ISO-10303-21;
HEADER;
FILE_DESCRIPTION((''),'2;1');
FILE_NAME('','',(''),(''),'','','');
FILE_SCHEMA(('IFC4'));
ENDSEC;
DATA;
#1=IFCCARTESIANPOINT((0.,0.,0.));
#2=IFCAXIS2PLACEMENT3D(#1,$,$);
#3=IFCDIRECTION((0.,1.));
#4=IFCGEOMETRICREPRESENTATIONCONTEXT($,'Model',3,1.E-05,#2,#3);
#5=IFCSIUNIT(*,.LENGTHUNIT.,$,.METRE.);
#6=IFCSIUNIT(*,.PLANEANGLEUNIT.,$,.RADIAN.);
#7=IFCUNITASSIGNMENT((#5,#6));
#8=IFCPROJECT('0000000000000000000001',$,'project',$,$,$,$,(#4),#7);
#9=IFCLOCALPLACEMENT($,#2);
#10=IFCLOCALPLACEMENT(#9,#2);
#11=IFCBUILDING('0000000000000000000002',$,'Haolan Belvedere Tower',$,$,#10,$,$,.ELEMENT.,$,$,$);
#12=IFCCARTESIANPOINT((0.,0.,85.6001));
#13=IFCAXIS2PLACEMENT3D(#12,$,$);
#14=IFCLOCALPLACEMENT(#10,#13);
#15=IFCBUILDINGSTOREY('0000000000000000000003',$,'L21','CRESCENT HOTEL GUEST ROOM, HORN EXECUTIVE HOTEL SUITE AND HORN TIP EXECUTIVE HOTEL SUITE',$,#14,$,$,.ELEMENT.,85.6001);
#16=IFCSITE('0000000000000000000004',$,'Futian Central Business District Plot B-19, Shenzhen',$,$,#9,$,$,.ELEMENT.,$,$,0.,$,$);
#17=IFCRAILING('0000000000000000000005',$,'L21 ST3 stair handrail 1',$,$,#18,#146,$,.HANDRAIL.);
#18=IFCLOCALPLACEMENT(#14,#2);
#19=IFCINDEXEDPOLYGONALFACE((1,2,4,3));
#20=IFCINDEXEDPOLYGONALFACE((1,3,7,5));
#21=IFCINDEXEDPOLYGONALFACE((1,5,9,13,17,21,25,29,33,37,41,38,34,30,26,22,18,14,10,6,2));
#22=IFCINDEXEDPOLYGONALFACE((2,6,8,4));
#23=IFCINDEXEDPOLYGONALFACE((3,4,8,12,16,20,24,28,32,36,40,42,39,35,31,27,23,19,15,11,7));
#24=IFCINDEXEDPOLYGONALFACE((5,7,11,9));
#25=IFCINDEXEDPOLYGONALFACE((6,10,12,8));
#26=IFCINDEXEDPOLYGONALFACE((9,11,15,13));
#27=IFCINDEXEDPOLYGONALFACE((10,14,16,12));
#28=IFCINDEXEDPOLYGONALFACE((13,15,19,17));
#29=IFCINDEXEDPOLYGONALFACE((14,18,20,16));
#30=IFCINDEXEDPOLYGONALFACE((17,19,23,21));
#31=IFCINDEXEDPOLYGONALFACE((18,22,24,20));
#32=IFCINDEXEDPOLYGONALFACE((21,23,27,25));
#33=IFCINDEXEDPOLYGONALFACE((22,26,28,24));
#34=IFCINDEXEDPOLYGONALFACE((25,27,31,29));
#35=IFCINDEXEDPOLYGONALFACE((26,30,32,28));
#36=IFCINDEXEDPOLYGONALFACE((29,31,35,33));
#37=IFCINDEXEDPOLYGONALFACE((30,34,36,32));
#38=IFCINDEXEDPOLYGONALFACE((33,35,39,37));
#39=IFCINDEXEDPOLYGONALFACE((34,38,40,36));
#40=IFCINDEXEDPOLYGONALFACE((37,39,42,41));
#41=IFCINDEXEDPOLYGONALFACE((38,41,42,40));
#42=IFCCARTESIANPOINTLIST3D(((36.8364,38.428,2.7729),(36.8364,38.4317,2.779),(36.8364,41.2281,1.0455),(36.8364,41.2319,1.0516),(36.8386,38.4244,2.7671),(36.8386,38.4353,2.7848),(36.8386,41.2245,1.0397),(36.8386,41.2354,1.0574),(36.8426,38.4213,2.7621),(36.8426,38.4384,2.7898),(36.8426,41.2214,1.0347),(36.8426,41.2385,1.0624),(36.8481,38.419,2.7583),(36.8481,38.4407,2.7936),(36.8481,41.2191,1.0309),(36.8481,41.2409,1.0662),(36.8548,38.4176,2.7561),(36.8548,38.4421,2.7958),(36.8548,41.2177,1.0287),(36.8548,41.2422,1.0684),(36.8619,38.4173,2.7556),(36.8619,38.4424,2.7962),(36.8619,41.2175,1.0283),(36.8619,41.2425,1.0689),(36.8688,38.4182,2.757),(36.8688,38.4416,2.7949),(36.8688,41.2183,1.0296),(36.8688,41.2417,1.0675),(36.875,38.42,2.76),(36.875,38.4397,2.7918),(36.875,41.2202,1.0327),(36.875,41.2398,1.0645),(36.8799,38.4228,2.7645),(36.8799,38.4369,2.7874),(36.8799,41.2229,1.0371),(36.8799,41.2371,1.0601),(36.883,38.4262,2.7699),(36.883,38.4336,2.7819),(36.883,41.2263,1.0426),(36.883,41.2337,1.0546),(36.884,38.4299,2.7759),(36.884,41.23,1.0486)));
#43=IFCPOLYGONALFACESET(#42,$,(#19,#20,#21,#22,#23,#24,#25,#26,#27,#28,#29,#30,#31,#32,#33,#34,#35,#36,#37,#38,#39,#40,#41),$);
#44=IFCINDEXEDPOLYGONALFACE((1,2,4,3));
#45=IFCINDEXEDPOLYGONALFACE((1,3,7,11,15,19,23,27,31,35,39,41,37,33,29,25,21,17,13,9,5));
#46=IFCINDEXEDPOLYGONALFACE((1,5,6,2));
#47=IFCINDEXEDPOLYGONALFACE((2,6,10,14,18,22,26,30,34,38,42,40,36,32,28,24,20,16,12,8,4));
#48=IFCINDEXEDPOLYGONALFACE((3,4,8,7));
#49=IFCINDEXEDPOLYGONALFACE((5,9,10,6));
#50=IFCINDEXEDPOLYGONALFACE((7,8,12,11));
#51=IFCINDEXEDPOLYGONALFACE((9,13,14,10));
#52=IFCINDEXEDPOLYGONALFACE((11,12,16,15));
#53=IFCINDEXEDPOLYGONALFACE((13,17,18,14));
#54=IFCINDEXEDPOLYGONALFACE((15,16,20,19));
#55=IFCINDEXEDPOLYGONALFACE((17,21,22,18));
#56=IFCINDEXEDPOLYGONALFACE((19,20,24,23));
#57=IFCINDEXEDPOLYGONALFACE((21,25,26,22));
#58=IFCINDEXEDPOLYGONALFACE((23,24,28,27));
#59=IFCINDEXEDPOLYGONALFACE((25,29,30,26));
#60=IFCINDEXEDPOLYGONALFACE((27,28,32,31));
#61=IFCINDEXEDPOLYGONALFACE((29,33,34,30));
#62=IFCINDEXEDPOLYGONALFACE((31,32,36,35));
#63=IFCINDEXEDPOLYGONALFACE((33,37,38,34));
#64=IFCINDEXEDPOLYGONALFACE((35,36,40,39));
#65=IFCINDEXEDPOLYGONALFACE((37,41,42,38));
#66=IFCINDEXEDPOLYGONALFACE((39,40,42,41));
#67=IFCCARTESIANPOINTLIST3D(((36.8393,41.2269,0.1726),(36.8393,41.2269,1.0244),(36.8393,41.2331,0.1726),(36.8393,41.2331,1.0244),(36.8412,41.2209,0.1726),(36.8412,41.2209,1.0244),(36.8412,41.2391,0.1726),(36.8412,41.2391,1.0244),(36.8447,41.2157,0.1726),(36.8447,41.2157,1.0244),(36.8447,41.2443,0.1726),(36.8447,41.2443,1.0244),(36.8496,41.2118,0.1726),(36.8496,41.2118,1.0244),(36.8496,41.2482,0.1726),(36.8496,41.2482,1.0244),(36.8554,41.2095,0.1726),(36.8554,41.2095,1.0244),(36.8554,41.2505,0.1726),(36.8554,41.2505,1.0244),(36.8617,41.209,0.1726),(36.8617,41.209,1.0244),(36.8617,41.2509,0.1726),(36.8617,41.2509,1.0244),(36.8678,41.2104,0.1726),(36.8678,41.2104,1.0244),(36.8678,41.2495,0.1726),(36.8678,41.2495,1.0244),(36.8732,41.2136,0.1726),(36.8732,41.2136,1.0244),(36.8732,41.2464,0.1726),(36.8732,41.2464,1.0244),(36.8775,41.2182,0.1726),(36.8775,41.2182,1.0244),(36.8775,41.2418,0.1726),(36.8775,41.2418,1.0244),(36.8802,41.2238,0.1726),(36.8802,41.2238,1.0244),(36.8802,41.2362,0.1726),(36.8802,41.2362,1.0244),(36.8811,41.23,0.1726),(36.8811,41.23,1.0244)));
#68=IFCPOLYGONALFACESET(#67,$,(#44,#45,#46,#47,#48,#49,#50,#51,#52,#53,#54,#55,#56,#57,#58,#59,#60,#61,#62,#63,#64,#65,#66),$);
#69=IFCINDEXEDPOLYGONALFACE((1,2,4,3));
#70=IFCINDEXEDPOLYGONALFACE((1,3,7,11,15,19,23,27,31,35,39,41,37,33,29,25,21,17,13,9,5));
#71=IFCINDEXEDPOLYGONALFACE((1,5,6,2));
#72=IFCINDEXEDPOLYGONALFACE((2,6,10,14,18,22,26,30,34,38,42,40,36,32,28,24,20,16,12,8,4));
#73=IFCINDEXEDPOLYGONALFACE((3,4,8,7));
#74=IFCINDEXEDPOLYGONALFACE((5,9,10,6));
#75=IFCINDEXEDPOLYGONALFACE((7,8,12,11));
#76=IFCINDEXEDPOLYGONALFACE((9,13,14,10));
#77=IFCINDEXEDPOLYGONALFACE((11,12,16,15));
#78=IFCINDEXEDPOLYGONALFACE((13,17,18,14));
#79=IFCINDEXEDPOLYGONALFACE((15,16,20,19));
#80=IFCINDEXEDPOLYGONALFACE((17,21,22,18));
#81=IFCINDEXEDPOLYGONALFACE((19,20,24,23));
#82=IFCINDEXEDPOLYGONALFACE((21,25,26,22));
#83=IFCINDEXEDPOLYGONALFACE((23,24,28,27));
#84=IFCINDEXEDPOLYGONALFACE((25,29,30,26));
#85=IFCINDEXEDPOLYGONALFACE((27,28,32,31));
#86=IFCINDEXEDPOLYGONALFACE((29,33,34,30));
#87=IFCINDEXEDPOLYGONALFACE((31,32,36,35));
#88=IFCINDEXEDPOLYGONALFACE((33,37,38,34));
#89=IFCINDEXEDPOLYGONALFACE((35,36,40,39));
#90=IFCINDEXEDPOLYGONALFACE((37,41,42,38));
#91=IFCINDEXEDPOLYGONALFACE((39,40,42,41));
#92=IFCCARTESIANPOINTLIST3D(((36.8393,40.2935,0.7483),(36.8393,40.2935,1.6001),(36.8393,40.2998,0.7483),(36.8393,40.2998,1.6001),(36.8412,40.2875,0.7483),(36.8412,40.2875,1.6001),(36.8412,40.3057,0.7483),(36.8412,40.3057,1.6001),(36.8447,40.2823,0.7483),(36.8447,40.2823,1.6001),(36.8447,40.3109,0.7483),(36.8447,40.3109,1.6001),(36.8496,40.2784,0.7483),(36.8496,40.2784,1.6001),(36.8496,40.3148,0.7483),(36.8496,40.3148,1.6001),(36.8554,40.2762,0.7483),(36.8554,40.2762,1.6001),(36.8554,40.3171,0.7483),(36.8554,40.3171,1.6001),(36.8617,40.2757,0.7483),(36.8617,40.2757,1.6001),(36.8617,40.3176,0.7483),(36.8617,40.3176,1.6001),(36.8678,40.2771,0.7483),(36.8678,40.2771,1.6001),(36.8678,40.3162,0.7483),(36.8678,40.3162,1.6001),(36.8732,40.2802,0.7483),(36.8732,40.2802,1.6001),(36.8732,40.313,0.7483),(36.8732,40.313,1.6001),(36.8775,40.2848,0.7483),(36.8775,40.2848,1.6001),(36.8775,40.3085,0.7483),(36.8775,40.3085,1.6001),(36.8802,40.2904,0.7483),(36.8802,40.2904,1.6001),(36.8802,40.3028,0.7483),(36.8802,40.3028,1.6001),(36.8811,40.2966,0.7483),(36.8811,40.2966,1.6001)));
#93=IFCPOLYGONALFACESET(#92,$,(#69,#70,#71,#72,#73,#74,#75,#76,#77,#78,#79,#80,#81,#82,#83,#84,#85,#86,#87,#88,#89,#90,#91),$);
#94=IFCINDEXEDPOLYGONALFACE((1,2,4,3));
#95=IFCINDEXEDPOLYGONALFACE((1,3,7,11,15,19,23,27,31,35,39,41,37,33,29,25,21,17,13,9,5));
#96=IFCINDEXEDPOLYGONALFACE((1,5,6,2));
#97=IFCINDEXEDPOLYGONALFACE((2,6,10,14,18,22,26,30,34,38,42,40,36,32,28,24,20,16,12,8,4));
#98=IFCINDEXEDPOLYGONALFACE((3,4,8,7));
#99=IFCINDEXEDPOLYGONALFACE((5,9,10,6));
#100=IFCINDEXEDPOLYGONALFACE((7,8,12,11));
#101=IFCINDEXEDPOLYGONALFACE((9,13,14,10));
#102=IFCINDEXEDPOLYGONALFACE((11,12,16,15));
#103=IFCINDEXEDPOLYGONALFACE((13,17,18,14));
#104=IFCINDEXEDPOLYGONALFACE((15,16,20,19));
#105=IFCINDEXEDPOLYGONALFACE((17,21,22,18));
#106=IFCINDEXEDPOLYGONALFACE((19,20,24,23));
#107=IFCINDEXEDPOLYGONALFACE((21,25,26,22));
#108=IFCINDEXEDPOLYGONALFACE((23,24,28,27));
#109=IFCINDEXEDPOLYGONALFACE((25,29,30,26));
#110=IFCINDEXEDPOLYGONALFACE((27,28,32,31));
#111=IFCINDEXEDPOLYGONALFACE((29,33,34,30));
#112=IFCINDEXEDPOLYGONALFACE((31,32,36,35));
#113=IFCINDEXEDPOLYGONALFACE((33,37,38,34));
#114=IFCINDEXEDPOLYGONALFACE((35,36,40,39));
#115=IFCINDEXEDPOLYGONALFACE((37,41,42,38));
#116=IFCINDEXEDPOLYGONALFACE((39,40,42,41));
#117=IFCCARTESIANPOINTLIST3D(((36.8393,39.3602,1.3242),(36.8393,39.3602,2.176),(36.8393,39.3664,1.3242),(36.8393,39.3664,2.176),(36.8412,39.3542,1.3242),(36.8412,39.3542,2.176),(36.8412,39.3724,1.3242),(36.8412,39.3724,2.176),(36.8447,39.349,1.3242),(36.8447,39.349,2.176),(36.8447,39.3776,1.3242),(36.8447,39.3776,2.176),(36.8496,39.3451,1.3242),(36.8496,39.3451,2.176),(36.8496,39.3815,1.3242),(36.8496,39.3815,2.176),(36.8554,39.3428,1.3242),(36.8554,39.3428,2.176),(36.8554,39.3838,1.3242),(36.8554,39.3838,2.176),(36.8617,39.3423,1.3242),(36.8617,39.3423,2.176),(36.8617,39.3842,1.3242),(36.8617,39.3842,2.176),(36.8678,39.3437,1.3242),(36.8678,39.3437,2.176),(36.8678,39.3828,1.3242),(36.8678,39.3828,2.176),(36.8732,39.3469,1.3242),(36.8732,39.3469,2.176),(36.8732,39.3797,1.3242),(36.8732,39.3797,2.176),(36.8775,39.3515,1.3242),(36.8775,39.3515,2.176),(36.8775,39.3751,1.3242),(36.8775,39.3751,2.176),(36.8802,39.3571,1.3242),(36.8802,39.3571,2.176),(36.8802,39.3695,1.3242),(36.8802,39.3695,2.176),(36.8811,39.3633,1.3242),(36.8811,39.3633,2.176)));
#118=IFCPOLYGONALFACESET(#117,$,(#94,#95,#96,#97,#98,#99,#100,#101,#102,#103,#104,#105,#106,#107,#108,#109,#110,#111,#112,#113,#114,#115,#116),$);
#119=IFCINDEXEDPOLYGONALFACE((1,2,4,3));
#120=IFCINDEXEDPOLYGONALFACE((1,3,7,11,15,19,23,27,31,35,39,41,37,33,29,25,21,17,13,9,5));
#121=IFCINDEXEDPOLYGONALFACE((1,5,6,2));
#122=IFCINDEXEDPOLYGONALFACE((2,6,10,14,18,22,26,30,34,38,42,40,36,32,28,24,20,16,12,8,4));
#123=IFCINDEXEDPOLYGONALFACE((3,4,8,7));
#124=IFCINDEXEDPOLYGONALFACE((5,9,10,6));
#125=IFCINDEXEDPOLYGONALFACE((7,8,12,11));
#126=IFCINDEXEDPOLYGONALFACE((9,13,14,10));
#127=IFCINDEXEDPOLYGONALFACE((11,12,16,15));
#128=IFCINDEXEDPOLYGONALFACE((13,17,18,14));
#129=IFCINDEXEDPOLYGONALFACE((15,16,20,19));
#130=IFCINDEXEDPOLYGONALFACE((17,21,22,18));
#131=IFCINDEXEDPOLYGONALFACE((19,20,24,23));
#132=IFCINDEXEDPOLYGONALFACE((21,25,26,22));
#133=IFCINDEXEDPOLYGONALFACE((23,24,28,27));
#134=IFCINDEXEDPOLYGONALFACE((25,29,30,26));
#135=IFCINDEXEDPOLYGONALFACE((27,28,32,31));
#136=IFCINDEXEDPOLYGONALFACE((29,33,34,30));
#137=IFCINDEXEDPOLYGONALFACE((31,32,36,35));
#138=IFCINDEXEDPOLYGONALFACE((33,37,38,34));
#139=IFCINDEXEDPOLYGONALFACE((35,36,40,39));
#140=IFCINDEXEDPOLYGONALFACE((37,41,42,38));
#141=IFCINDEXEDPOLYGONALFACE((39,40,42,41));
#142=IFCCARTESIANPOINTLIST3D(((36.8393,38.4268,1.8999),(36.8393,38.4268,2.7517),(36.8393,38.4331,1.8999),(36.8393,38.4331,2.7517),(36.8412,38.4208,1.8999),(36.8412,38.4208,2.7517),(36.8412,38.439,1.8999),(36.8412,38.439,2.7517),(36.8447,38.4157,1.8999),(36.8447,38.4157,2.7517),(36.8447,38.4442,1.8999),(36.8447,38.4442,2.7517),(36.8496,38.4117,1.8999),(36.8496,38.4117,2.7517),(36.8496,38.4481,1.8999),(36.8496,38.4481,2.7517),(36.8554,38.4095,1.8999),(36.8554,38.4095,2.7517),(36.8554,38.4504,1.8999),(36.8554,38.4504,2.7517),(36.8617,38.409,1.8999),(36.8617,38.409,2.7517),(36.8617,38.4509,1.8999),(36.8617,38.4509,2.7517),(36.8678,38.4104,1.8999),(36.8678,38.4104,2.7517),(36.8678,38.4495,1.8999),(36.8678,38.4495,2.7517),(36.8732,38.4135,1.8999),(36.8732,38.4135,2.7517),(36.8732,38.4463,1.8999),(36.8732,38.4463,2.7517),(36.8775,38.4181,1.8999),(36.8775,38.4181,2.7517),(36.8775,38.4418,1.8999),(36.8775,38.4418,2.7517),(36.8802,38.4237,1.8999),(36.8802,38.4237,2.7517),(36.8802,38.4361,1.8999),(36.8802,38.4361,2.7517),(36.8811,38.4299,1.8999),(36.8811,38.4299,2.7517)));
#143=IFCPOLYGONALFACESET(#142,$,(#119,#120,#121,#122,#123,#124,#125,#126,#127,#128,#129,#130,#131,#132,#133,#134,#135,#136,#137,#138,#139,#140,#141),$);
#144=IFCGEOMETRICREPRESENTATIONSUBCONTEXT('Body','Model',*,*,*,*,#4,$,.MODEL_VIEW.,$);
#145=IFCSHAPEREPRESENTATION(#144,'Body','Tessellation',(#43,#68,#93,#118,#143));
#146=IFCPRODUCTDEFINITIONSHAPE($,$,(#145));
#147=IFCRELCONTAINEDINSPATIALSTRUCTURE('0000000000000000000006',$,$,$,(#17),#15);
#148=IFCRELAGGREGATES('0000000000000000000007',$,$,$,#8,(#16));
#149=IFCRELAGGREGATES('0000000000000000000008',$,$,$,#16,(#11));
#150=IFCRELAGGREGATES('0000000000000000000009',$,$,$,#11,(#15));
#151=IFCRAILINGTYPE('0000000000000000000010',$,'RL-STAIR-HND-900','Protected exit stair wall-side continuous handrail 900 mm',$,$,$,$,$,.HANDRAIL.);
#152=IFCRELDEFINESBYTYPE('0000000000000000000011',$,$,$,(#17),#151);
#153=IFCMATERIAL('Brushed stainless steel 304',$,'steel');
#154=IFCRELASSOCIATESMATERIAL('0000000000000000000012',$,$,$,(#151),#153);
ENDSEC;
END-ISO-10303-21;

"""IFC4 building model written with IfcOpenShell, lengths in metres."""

from ifc_helpers import new_model, si_unit, direction, frame, origin, origin_2d, place, context, subcontext, project, spatial, circle, extrude, material, type_object, element, save


model = new_model("IFC4")

# Units and contexts
model_context = context("Model", 3, precision=1e-05, world=origin(), true_north=direction((0.0, 1.0)))
body_context = subcontext(model_context, "Body", "Model", "MODEL_VIEW")
ifc_project = project(units=[si_unit("LENGTHUNIT", "METRE"), si_unit("PLANEANGLEUNIT", "RADIAN")], contexts=[model_context])

# Site, building, storey
site_placement = place(None, origin())
site = spatial("IfcSite", under=ifc_project, at=site_placement, Name="Futian Central Business District Plot B-19, Shenzhen", CompositionType="ELEMENT", RefElevation=0.0)
building_placement = place(site_placement, origin())
building = spatial("IfcBuilding", under=site, at=building_placement, Name="Haolan Belvedere Tower", CompositionType="ELEMENT")
storey_placement = place(building_placement, frame((0.0, 0.0, 85.6001)))
storey = spatial("IfcBuildingStorey", under=building, at=storey_placement, Name="L21", Description="CRESCENT HOTEL GUEST ROOM, HORN EXECUTIVE HOTEL SUITE AND HORN TIP EXECUTIVE HOTEL SUITE", CompositionType="ELEMENT", Elevation=85.6001)

# Railing
ifc_material_1 = material(Name="Brushed stainless steel 304", Category="steel")
railing_type_1 = type_object("IfcRailingType", Name="RL-STAIR-HND-900", Description="Protected exit stair wall-side continuous handrail 900 mm", PredefinedType="HANDRAIL", material=ifc_material_1)
railing_1_placement = place(storey_placement, frame((36.8601, 41.23, 0.1726)))
element("IfcRailing", 1, at=railing_1_placement, inside=storey, type_object=railing_type_1, Name="L21 ST3 stair handrail 1", PredefinedType="HANDRAIL", context=body_context, shape_type="SweptSolid", body=[
    extrude(circle(Radius=0.0239, at=origin_2d()), frame((0.0, 0.0, 0.876), z_axis=(0.0, -0.85109, 0.52502), x_axis=(1.0, 0.0, 0.0)), (0.0, 0.0, 1.0), 3.29),
    extrude(circle(Radius=0.021, at=origin_2d()), origin(), (0.0, 0.0, 1.0), 0.8518),
    extrude(circle(Radius=0.021, at=origin_2d()), frame((0.0, -0.9333, 0.5757)), (0.0, 0.0, 1.0), 0.8518),
    extrude(circle(Radius=0.021, at=origin_2d()), frame((0.0, -1.8667, 1.1516)), (0.0, 0.0, 1.0), 0.8518),
    extrude(circle(Radius=0.021, at=origin_2d()), frame((0.0, -2.8, 1.7273)), (0.0, 0.0, 1.0), 0.8518),
])

save(model, "model.ifc")
